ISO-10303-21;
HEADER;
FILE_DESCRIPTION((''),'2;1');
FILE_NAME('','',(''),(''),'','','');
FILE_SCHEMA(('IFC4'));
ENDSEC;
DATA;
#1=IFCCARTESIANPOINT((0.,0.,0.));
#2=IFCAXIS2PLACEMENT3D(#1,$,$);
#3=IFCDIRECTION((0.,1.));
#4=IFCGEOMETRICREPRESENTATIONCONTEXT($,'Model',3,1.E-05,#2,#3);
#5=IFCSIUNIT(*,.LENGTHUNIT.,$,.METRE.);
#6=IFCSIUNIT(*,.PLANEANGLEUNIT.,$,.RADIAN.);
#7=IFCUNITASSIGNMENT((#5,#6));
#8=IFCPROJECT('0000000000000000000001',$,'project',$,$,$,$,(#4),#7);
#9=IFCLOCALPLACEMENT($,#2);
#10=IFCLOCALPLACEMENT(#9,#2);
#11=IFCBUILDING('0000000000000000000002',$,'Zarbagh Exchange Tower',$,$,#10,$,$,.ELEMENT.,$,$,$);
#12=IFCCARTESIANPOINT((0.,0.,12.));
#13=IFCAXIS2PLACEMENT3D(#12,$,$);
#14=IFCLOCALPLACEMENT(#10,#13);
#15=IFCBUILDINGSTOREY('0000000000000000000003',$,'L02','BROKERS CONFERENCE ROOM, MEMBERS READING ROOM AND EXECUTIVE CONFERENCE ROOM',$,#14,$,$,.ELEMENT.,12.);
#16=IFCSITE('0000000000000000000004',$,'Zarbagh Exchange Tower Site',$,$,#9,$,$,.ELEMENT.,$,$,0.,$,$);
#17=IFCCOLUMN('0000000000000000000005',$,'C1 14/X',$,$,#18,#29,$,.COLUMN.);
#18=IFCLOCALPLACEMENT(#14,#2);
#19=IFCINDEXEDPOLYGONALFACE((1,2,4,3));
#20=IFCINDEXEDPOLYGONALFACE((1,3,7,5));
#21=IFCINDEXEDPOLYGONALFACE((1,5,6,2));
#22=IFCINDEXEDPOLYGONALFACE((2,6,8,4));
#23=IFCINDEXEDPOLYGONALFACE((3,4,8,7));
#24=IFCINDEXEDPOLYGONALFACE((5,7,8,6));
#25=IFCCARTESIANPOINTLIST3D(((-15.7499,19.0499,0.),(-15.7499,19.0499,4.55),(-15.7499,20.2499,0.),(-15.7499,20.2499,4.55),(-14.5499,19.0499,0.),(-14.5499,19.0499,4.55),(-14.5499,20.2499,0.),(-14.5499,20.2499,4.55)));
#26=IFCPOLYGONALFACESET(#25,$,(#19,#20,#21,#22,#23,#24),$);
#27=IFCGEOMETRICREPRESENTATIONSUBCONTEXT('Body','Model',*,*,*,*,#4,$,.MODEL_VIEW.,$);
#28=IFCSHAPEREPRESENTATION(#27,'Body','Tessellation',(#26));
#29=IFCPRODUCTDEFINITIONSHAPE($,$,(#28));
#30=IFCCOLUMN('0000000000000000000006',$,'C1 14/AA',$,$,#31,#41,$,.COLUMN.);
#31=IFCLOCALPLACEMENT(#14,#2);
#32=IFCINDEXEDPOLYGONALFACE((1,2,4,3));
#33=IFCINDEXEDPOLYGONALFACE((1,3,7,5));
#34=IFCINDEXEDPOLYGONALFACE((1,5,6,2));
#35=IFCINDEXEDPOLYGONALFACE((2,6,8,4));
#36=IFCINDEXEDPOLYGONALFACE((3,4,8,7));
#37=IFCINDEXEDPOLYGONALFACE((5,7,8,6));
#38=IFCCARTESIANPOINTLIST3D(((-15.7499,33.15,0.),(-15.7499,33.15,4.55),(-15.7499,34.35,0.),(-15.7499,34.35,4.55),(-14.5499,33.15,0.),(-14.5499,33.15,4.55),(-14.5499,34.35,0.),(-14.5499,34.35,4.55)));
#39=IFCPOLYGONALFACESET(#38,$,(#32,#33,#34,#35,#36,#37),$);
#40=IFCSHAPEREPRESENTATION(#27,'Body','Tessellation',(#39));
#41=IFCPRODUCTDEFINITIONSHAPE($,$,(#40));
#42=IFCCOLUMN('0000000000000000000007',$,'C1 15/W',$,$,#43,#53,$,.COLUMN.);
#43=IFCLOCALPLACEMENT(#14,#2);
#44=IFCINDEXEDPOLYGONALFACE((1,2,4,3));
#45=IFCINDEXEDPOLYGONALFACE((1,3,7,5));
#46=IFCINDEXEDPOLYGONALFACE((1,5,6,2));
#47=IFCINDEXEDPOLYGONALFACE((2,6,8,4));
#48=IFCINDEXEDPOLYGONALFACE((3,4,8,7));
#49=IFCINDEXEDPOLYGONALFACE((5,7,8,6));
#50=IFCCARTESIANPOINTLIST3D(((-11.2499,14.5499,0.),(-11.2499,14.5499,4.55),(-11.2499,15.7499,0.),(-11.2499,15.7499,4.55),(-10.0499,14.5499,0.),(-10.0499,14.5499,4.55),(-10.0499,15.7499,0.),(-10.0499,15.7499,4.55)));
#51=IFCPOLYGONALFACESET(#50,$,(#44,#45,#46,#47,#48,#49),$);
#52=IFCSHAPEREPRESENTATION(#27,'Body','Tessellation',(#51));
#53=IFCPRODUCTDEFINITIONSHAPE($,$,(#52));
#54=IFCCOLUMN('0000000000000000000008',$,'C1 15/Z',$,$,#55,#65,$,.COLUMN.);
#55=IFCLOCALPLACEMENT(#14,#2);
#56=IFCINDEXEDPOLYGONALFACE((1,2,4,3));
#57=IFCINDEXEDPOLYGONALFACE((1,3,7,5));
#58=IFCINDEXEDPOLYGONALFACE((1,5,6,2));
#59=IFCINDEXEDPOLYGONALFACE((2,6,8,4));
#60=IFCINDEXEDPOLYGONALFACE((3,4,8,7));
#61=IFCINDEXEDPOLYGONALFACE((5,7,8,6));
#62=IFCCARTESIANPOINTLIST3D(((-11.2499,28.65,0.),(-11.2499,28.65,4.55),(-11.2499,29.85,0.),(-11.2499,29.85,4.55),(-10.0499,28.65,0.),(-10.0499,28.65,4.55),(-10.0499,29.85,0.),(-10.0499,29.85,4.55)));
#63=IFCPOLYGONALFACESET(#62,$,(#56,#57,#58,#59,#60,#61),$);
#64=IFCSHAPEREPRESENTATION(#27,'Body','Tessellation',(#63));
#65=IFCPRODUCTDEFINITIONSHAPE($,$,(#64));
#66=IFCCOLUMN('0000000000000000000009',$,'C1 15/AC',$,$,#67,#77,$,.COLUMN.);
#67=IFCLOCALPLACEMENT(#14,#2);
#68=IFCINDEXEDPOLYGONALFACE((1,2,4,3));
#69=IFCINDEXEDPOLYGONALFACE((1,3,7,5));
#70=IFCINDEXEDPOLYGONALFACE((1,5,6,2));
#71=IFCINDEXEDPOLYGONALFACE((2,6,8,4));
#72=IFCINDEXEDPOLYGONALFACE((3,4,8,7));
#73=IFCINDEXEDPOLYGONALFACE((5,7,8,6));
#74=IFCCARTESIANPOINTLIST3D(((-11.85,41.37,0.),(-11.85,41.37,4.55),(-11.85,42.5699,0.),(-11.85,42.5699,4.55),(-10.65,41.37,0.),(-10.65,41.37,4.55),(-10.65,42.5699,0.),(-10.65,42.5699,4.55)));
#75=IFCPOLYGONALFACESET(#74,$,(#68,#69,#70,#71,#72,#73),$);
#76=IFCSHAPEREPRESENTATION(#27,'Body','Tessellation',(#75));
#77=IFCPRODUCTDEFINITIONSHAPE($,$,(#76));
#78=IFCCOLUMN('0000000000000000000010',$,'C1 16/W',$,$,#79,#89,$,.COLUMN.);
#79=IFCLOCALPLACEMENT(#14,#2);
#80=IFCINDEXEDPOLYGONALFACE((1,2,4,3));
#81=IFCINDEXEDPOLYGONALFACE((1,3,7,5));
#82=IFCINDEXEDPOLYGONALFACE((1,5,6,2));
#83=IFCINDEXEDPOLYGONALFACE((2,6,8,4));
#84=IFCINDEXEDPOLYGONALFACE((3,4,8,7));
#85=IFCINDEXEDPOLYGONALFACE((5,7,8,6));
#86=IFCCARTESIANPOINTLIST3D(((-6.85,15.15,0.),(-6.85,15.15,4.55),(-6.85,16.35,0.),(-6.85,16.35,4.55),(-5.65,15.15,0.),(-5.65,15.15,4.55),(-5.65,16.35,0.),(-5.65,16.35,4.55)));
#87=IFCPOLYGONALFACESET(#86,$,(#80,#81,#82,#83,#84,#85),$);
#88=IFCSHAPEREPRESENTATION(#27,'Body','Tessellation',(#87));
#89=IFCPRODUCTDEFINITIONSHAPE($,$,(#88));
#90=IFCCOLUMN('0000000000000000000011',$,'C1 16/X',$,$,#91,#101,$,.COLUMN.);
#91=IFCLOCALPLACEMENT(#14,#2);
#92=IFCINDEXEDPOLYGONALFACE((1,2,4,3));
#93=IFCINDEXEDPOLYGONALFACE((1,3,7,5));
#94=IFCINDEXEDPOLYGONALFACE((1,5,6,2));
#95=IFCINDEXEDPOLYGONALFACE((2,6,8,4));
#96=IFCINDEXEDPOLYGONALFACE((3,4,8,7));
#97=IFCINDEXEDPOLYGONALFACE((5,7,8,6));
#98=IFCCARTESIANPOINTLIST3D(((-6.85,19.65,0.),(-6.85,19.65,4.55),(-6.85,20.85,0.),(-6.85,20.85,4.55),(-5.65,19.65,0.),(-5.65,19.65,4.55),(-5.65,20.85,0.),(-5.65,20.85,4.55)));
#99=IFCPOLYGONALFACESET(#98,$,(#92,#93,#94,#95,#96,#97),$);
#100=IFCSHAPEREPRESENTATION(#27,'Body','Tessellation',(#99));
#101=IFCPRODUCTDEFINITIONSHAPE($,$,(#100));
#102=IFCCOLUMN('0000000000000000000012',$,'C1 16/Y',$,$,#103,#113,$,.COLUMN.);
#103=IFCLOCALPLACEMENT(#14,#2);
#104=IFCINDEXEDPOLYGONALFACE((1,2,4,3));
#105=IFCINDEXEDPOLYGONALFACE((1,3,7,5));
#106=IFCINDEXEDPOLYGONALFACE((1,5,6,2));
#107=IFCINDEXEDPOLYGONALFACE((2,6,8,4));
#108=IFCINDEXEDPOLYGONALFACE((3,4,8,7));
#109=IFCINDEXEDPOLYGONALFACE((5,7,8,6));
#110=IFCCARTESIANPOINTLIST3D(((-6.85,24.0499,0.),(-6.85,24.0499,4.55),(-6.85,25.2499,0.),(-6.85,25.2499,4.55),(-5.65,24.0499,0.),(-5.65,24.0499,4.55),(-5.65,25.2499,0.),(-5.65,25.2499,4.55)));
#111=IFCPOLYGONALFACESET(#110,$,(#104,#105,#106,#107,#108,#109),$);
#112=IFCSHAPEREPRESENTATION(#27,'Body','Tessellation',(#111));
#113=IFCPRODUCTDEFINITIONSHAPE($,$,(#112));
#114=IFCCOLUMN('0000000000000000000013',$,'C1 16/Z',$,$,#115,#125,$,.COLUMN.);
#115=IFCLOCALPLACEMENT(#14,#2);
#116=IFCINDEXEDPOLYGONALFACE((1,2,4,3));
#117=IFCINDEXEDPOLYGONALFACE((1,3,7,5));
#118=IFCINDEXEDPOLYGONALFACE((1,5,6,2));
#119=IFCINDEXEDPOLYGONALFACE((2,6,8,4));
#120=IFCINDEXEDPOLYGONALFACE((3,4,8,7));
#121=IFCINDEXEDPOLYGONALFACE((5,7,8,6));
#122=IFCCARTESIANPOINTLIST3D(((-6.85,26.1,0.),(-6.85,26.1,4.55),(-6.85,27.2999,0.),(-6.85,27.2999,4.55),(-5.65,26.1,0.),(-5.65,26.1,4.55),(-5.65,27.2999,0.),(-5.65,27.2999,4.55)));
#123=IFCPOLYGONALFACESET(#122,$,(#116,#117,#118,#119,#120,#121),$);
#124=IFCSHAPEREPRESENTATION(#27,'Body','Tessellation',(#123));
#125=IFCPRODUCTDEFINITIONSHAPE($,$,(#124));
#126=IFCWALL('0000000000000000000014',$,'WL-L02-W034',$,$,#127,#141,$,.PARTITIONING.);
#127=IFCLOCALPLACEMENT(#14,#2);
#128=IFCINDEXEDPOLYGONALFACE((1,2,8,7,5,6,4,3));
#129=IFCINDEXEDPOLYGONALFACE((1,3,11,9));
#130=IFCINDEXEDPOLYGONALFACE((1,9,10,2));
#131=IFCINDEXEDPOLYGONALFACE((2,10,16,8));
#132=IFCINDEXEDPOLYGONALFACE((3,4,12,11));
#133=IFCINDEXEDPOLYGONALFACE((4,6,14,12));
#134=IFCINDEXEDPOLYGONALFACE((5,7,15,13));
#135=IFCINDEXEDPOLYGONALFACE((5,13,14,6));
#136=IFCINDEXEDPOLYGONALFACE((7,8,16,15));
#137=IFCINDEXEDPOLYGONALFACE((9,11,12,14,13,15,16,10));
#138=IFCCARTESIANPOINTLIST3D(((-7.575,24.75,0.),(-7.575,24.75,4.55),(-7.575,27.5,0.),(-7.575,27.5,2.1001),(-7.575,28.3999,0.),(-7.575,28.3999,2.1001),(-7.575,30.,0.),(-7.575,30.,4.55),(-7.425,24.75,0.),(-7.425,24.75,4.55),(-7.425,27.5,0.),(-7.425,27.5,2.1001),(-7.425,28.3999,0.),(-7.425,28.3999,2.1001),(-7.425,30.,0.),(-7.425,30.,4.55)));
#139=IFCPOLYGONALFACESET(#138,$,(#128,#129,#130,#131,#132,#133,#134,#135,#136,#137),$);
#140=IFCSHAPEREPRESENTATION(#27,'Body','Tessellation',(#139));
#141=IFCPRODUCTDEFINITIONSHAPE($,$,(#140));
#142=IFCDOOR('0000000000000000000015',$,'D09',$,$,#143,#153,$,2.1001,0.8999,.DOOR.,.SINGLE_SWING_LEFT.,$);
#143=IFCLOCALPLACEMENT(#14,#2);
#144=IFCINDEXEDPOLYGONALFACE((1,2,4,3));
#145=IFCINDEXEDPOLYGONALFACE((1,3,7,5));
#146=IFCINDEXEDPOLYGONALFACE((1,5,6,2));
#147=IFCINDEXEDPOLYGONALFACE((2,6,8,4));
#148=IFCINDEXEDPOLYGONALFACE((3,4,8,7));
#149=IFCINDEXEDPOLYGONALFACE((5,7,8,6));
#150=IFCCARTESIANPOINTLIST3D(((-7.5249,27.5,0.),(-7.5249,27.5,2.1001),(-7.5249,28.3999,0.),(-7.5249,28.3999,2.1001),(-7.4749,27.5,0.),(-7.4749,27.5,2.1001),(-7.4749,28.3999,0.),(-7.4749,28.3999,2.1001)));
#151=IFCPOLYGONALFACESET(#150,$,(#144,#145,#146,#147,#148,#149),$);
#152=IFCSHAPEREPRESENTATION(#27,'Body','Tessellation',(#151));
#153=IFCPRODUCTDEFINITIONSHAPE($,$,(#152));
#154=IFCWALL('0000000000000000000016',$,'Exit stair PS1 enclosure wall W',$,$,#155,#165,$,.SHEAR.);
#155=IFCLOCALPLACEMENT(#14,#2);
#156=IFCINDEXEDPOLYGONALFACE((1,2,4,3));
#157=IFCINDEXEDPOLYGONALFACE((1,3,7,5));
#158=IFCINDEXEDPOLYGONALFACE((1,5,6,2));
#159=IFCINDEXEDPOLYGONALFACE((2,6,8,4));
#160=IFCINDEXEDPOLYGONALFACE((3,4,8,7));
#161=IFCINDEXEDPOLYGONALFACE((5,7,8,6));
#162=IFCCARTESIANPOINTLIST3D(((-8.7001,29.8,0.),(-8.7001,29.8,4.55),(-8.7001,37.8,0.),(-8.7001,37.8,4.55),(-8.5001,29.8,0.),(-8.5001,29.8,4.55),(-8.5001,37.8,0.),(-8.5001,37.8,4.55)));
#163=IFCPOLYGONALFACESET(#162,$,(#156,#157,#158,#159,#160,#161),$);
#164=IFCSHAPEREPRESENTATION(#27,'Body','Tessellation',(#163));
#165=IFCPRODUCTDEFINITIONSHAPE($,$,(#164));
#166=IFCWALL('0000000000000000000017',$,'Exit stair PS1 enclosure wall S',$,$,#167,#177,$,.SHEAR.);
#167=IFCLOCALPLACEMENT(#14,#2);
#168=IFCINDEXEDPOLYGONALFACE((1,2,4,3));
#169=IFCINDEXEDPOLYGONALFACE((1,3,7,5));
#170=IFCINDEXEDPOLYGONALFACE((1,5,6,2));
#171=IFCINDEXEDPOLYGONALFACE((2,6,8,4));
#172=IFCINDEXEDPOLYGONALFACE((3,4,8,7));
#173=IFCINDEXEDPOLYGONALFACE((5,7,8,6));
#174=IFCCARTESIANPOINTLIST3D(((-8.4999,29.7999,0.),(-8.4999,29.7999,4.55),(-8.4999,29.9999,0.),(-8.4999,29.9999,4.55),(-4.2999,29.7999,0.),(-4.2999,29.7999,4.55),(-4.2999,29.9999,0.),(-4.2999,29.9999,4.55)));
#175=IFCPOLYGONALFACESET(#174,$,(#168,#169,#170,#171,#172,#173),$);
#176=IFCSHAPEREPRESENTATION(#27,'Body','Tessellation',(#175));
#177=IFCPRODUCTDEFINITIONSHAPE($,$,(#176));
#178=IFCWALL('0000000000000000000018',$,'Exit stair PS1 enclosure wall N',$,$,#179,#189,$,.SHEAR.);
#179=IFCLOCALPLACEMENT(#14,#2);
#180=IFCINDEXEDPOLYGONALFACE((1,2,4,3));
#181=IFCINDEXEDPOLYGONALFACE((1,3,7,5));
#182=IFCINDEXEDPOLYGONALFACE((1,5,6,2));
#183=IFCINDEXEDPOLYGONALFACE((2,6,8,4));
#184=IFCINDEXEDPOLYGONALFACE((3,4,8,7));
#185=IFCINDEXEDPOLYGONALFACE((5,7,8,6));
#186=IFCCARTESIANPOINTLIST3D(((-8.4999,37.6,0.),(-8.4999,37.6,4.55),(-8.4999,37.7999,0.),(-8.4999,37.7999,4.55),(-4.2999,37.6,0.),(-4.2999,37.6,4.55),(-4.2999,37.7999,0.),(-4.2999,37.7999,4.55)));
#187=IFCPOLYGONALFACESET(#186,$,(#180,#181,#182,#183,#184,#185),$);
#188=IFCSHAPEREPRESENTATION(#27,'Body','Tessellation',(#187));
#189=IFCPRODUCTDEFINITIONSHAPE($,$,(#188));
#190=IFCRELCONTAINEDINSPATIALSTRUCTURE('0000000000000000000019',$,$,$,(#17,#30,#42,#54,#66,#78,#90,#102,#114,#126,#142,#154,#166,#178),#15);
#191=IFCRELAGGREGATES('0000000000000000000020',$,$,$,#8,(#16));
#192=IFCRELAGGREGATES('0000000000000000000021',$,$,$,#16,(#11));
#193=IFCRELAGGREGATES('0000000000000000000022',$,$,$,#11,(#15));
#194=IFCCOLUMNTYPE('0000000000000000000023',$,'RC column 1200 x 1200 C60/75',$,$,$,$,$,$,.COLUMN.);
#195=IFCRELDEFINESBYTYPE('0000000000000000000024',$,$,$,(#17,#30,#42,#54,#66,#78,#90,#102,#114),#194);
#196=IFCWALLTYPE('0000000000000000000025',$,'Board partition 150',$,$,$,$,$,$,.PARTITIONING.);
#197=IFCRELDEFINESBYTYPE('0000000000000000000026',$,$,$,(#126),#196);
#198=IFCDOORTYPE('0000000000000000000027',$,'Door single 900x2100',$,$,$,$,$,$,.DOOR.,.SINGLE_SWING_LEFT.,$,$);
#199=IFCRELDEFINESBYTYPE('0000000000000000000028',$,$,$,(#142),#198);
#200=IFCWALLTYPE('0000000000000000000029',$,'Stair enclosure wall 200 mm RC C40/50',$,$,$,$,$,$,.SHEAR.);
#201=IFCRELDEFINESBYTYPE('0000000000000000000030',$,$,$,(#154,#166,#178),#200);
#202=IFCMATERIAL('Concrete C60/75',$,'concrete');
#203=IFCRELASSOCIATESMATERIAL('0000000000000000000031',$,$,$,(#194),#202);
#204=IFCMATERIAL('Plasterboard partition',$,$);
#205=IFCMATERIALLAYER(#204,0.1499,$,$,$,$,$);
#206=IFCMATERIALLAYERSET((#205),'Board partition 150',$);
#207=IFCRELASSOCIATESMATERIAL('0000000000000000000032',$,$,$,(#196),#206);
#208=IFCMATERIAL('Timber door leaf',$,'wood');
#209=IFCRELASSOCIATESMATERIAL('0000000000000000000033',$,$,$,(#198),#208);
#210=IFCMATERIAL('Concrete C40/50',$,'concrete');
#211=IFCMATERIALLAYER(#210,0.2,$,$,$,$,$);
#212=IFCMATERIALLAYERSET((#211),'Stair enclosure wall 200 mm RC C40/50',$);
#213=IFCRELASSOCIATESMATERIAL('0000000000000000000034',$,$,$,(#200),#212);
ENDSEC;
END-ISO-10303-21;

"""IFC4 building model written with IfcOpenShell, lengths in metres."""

from ifc_helpers import new_model, si_unit, direction, frame, frame_2d, origin, origin_2d, place, context, subcontext, project, spatial, rectangle, extrude, material, layer, layer_set, material_profile, profile_set, type_object, element, fill, save


model = new_model("IFC4")

# Units and contexts
model_context = context("Model", 3, precision=1e-05, world=origin(), true_north=direction((0.0, 1.0)))
body_context = subcontext(model_context, "Body", "Model", "MODEL_VIEW")
ifc_project = project(units=[si_unit("LENGTHUNIT", "METRE"), si_unit("PLANEANGLEUNIT", "RADIAN")], contexts=[model_context])

# Site, building, storey
site_placement = place(None, origin())
site = spatial("IfcSite", under=ifc_project, at=site_placement, Name="Zarbagh Exchange Tower Site", CompositionType="ELEMENT", RefElevation=0.0)
building_placement = place(site_placement, origin())
building = spatial("IfcBuilding", under=site, at=building_placement, Name="Zarbagh Exchange Tower", CompositionType="ELEMENT")
storey_placement = place(building_placement, frame((0.0, 0.0, 12.0)))
storey = spatial("IfcBuildingStorey", under=building, at=storey_placement, Name="L02", Description="BROKERS CONFERENCE ROOM, MEMBERS READING ROOM AND EXECUTIVE CONFERENCE ROOM", CompositionType="ELEMENT", Elevation=12.0)

# Columns
ifc_material_1 = material(Name="Concrete C60/75", Category="concrete")
ifc_material_profile = material_profile(ifc_material_1, rectangle(XDim=1.2, YDim=1.2, at=origin_2d()), Name="RC column 1200 x 1200 C60/75")
ifc_profile_set = profile_set([ifc_material_profile], Name="Concrete C60/75")
column_type = type_object("IfcColumnType", Name="RC column 1200 x 1200 C60/75", PredefinedType="COLUMN", material=ifc_profile_set)
for number, where, z_axis, x_axis, name in (
    (1, (-15.1499, 19.6499, 0.0), (0.0, 0.0, 1.0), (1.0, 0.0, 0.0), "C1 14/X"),
    (2, (-15.1499, 33.75, 0.0), (0.0, 0.0, 1.0), (1.0, 0.0, 0.0), "C1 14/AA"),
    (3, (-10.6499, 15.1499, 0.0), (0.0, 0.0, 1.0), (1.0, 0.0, 0.0), "C1 15/W"),
    (4, (-10.6499, 29.25, 0.0), (0.0, 0.0, 1.0), (1.0, 0.0, 0.0), "C1 15/Z"),
    (5, (-11.25, 41.97, 0.0), (0.0, 0.0, 1.0), (1.0, 0.0, 0.0), "C1 15/AC"),
    (6, (-6.25, 15.75, 0.0), (0.0, 0.0, 1.0), (1.0, 0.0, 0.0), "C1 16/W"),
    (7, (-6.25, 20.25, 0.0), (0.0, 0.0, 1.0), (1.0, 0.0, 0.0), "C1 16/X"),
    (8, (-6.25, 24.6499, 0.0), (0.0, 0.0, 1.0), (1.0, 0.0, 0.0), "C1 16/Y"),
    (9, (-6.25, 26.7, 0.0), (0.0, 0.0, 1.0), (1.0, 0.0, 0.0), "C1 16/Z"),
):
    element("IfcColumn", number, at=place(storey_placement, frame(where, z_axis=z_axis, x_axis=x_axis)), inside=storey, type_object=column_type, Name=name, PredefinedType="COLUMN", context=body_context, shape_type="SweptSolid", body=[
        extrude(rectangle(XDim=1.2, YDim=1.2, at=origin_2d()), origin(), (0.0, 0.0, 1.0), 4.55),
    ])

# Wall, opening, door
ifc_material_2 = material(Name="Plasterboard partition")
ifc_layer_1 = layer(ifc_material_2, 0.1499)
ifc_layer_set_1 = layer_set([ifc_layer_1], Name="Board partition 150")
wall_type_1 = type_object("IfcWallType", Name="Board partition 150", PredefinedType="PARTITIONING", material=ifc_layer_set_1)
wall_1_placement = place(storey_placement, frame((-7.5, 24.75, 0.0), z_axis=(0.0, 0.0, 1.0), x_axis=(0.0, 1.0, 0.0)))
wall_1 = element("IfcWall", 10, at=wall_1_placement, inside=storey, type_object=wall_type_1, Name="WL-L02-W034", PredefinedType="PARTITIONING", context=body_context, shape_type="SweptSolid", body=[
    extrude(rectangle(XDim=5.25, YDim=0.1499, at=frame_2d((2.625, 0.0))), origin(), (0.0, 0.0, 1.0), 4.55),
])
opening_1_placement = place(wall_1_placement, frame((2.75, 0.0, 0.0)))
opening_1 = element("IfcOpeningElement", 11, at=opening_1_placement, cuts=wall_1, PredefinedType="OPENING", context=body_context, shape_type="SweptSolid", body=[
    extrude(rectangle(XDim=0.8999, YDim=2.1001, at=frame_2d((0.45, 1.05))), frame((0.0, 0.085, 0.0), z_axis=(0.0, -1.0, 0.0), x_axis=(1.0, 0.0, 0.0)), (0.0, 0.0, 1.0), 0.1699),
])
ifc_material_3 = material(Name="Timber door leaf", Category="wood")
door_type_1 = type_object("IfcDoorType", Name="Door single 900x2100", OperationType="SINGLE_SWING_LEFT", PredefinedType="DOOR", material=ifc_material_3)
door_1_placement = place(opening_1_placement, origin())
door_1 = element("IfcDoor", 12, at=door_1_placement, inside=storey, type_object=door_type_1, Name="D09", OperationType="SINGLE_SWING_LEFT", OverallHeight=2.1001, OverallWidth=0.8999, PredefinedType="DOOR", context=body_context, shape_type="SweptSolid", body=[
    extrude(rectangle(XDim=0.8999, YDim=2.1001, at=frame_2d((0.45, 1.05))), frame((0.0, 0.0249, 0.0), z_axis=(0.0, -1.0, 0.0), x_axis=(1.0, 0.0, 0.0)), (0.0, 0.0, 1.0), 0.05),
])
fill(opening_1, door_1)

# Walls
ifc_material_4 = material(Name="Concrete C40/50", Category="concrete")
ifc_layer_2 = layer(ifc_material_4, 0.2)
ifc_layer_set_2 = layer_set([ifc_layer_2], Name="Stair enclosure wall 200 mm RC C40/50")
wall_type_2 = type_object("IfcWallType", Name="Stair enclosure wall 200 mm RC C40/50", PredefinedType="SHEAR", material=ifc_layer_set_2)
wall_2_placement = place(storey_placement, frame((-8.6001, 29.8, 0.0), z_axis=(0.0, 0.0, 1.0), x_axis=(0.0, 1.0, 0.0)))
element("IfcWall", 13, at=wall_2_placement, inside=storey, type_object=wall_type_2, Name="Exit stair PS1 enclosure wall W", PredefinedType="SHEAR", context=body_context, shape_type="SweptSolid", body=[
    extrude(rectangle(XDim=8.0, YDim=0.2, at=frame_2d((4.0, 0.0))), origin(), (0.0, 0.0, 1.0), 4.55),
])
for number, where, z_axis, x_axis, name in (
    (14, (-8.5, 29.8999, 0.0), (0.0, 0.0, 1.0), (1.0, 0.0, 0.0), "Exit stair PS1 enclosure wall S"),
    (15, (-8.5, 37.7, 0.0), (0.0, 0.0, 1.0), (1.0, 0.0, 0.0), "Exit stair PS1 enclosure wall N"),
):
    element("IfcWall", number, at=place(storey_placement, frame(where, z_axis=z_axis, x_axis=x_axis)), inside=storey, type_object=wall_type_2, Name=name, PredefinedType="SHEAR", context=body_context, shape_type="SweptSolid", body=[
        extrude(rectangle(XDim=4.2, YDim=0.2, at=frame_2d((2.1001, 0.0))), origin(), (0.0, 0.0, 1.0), 4.55),
    ])

save(model, "model.ifc")
